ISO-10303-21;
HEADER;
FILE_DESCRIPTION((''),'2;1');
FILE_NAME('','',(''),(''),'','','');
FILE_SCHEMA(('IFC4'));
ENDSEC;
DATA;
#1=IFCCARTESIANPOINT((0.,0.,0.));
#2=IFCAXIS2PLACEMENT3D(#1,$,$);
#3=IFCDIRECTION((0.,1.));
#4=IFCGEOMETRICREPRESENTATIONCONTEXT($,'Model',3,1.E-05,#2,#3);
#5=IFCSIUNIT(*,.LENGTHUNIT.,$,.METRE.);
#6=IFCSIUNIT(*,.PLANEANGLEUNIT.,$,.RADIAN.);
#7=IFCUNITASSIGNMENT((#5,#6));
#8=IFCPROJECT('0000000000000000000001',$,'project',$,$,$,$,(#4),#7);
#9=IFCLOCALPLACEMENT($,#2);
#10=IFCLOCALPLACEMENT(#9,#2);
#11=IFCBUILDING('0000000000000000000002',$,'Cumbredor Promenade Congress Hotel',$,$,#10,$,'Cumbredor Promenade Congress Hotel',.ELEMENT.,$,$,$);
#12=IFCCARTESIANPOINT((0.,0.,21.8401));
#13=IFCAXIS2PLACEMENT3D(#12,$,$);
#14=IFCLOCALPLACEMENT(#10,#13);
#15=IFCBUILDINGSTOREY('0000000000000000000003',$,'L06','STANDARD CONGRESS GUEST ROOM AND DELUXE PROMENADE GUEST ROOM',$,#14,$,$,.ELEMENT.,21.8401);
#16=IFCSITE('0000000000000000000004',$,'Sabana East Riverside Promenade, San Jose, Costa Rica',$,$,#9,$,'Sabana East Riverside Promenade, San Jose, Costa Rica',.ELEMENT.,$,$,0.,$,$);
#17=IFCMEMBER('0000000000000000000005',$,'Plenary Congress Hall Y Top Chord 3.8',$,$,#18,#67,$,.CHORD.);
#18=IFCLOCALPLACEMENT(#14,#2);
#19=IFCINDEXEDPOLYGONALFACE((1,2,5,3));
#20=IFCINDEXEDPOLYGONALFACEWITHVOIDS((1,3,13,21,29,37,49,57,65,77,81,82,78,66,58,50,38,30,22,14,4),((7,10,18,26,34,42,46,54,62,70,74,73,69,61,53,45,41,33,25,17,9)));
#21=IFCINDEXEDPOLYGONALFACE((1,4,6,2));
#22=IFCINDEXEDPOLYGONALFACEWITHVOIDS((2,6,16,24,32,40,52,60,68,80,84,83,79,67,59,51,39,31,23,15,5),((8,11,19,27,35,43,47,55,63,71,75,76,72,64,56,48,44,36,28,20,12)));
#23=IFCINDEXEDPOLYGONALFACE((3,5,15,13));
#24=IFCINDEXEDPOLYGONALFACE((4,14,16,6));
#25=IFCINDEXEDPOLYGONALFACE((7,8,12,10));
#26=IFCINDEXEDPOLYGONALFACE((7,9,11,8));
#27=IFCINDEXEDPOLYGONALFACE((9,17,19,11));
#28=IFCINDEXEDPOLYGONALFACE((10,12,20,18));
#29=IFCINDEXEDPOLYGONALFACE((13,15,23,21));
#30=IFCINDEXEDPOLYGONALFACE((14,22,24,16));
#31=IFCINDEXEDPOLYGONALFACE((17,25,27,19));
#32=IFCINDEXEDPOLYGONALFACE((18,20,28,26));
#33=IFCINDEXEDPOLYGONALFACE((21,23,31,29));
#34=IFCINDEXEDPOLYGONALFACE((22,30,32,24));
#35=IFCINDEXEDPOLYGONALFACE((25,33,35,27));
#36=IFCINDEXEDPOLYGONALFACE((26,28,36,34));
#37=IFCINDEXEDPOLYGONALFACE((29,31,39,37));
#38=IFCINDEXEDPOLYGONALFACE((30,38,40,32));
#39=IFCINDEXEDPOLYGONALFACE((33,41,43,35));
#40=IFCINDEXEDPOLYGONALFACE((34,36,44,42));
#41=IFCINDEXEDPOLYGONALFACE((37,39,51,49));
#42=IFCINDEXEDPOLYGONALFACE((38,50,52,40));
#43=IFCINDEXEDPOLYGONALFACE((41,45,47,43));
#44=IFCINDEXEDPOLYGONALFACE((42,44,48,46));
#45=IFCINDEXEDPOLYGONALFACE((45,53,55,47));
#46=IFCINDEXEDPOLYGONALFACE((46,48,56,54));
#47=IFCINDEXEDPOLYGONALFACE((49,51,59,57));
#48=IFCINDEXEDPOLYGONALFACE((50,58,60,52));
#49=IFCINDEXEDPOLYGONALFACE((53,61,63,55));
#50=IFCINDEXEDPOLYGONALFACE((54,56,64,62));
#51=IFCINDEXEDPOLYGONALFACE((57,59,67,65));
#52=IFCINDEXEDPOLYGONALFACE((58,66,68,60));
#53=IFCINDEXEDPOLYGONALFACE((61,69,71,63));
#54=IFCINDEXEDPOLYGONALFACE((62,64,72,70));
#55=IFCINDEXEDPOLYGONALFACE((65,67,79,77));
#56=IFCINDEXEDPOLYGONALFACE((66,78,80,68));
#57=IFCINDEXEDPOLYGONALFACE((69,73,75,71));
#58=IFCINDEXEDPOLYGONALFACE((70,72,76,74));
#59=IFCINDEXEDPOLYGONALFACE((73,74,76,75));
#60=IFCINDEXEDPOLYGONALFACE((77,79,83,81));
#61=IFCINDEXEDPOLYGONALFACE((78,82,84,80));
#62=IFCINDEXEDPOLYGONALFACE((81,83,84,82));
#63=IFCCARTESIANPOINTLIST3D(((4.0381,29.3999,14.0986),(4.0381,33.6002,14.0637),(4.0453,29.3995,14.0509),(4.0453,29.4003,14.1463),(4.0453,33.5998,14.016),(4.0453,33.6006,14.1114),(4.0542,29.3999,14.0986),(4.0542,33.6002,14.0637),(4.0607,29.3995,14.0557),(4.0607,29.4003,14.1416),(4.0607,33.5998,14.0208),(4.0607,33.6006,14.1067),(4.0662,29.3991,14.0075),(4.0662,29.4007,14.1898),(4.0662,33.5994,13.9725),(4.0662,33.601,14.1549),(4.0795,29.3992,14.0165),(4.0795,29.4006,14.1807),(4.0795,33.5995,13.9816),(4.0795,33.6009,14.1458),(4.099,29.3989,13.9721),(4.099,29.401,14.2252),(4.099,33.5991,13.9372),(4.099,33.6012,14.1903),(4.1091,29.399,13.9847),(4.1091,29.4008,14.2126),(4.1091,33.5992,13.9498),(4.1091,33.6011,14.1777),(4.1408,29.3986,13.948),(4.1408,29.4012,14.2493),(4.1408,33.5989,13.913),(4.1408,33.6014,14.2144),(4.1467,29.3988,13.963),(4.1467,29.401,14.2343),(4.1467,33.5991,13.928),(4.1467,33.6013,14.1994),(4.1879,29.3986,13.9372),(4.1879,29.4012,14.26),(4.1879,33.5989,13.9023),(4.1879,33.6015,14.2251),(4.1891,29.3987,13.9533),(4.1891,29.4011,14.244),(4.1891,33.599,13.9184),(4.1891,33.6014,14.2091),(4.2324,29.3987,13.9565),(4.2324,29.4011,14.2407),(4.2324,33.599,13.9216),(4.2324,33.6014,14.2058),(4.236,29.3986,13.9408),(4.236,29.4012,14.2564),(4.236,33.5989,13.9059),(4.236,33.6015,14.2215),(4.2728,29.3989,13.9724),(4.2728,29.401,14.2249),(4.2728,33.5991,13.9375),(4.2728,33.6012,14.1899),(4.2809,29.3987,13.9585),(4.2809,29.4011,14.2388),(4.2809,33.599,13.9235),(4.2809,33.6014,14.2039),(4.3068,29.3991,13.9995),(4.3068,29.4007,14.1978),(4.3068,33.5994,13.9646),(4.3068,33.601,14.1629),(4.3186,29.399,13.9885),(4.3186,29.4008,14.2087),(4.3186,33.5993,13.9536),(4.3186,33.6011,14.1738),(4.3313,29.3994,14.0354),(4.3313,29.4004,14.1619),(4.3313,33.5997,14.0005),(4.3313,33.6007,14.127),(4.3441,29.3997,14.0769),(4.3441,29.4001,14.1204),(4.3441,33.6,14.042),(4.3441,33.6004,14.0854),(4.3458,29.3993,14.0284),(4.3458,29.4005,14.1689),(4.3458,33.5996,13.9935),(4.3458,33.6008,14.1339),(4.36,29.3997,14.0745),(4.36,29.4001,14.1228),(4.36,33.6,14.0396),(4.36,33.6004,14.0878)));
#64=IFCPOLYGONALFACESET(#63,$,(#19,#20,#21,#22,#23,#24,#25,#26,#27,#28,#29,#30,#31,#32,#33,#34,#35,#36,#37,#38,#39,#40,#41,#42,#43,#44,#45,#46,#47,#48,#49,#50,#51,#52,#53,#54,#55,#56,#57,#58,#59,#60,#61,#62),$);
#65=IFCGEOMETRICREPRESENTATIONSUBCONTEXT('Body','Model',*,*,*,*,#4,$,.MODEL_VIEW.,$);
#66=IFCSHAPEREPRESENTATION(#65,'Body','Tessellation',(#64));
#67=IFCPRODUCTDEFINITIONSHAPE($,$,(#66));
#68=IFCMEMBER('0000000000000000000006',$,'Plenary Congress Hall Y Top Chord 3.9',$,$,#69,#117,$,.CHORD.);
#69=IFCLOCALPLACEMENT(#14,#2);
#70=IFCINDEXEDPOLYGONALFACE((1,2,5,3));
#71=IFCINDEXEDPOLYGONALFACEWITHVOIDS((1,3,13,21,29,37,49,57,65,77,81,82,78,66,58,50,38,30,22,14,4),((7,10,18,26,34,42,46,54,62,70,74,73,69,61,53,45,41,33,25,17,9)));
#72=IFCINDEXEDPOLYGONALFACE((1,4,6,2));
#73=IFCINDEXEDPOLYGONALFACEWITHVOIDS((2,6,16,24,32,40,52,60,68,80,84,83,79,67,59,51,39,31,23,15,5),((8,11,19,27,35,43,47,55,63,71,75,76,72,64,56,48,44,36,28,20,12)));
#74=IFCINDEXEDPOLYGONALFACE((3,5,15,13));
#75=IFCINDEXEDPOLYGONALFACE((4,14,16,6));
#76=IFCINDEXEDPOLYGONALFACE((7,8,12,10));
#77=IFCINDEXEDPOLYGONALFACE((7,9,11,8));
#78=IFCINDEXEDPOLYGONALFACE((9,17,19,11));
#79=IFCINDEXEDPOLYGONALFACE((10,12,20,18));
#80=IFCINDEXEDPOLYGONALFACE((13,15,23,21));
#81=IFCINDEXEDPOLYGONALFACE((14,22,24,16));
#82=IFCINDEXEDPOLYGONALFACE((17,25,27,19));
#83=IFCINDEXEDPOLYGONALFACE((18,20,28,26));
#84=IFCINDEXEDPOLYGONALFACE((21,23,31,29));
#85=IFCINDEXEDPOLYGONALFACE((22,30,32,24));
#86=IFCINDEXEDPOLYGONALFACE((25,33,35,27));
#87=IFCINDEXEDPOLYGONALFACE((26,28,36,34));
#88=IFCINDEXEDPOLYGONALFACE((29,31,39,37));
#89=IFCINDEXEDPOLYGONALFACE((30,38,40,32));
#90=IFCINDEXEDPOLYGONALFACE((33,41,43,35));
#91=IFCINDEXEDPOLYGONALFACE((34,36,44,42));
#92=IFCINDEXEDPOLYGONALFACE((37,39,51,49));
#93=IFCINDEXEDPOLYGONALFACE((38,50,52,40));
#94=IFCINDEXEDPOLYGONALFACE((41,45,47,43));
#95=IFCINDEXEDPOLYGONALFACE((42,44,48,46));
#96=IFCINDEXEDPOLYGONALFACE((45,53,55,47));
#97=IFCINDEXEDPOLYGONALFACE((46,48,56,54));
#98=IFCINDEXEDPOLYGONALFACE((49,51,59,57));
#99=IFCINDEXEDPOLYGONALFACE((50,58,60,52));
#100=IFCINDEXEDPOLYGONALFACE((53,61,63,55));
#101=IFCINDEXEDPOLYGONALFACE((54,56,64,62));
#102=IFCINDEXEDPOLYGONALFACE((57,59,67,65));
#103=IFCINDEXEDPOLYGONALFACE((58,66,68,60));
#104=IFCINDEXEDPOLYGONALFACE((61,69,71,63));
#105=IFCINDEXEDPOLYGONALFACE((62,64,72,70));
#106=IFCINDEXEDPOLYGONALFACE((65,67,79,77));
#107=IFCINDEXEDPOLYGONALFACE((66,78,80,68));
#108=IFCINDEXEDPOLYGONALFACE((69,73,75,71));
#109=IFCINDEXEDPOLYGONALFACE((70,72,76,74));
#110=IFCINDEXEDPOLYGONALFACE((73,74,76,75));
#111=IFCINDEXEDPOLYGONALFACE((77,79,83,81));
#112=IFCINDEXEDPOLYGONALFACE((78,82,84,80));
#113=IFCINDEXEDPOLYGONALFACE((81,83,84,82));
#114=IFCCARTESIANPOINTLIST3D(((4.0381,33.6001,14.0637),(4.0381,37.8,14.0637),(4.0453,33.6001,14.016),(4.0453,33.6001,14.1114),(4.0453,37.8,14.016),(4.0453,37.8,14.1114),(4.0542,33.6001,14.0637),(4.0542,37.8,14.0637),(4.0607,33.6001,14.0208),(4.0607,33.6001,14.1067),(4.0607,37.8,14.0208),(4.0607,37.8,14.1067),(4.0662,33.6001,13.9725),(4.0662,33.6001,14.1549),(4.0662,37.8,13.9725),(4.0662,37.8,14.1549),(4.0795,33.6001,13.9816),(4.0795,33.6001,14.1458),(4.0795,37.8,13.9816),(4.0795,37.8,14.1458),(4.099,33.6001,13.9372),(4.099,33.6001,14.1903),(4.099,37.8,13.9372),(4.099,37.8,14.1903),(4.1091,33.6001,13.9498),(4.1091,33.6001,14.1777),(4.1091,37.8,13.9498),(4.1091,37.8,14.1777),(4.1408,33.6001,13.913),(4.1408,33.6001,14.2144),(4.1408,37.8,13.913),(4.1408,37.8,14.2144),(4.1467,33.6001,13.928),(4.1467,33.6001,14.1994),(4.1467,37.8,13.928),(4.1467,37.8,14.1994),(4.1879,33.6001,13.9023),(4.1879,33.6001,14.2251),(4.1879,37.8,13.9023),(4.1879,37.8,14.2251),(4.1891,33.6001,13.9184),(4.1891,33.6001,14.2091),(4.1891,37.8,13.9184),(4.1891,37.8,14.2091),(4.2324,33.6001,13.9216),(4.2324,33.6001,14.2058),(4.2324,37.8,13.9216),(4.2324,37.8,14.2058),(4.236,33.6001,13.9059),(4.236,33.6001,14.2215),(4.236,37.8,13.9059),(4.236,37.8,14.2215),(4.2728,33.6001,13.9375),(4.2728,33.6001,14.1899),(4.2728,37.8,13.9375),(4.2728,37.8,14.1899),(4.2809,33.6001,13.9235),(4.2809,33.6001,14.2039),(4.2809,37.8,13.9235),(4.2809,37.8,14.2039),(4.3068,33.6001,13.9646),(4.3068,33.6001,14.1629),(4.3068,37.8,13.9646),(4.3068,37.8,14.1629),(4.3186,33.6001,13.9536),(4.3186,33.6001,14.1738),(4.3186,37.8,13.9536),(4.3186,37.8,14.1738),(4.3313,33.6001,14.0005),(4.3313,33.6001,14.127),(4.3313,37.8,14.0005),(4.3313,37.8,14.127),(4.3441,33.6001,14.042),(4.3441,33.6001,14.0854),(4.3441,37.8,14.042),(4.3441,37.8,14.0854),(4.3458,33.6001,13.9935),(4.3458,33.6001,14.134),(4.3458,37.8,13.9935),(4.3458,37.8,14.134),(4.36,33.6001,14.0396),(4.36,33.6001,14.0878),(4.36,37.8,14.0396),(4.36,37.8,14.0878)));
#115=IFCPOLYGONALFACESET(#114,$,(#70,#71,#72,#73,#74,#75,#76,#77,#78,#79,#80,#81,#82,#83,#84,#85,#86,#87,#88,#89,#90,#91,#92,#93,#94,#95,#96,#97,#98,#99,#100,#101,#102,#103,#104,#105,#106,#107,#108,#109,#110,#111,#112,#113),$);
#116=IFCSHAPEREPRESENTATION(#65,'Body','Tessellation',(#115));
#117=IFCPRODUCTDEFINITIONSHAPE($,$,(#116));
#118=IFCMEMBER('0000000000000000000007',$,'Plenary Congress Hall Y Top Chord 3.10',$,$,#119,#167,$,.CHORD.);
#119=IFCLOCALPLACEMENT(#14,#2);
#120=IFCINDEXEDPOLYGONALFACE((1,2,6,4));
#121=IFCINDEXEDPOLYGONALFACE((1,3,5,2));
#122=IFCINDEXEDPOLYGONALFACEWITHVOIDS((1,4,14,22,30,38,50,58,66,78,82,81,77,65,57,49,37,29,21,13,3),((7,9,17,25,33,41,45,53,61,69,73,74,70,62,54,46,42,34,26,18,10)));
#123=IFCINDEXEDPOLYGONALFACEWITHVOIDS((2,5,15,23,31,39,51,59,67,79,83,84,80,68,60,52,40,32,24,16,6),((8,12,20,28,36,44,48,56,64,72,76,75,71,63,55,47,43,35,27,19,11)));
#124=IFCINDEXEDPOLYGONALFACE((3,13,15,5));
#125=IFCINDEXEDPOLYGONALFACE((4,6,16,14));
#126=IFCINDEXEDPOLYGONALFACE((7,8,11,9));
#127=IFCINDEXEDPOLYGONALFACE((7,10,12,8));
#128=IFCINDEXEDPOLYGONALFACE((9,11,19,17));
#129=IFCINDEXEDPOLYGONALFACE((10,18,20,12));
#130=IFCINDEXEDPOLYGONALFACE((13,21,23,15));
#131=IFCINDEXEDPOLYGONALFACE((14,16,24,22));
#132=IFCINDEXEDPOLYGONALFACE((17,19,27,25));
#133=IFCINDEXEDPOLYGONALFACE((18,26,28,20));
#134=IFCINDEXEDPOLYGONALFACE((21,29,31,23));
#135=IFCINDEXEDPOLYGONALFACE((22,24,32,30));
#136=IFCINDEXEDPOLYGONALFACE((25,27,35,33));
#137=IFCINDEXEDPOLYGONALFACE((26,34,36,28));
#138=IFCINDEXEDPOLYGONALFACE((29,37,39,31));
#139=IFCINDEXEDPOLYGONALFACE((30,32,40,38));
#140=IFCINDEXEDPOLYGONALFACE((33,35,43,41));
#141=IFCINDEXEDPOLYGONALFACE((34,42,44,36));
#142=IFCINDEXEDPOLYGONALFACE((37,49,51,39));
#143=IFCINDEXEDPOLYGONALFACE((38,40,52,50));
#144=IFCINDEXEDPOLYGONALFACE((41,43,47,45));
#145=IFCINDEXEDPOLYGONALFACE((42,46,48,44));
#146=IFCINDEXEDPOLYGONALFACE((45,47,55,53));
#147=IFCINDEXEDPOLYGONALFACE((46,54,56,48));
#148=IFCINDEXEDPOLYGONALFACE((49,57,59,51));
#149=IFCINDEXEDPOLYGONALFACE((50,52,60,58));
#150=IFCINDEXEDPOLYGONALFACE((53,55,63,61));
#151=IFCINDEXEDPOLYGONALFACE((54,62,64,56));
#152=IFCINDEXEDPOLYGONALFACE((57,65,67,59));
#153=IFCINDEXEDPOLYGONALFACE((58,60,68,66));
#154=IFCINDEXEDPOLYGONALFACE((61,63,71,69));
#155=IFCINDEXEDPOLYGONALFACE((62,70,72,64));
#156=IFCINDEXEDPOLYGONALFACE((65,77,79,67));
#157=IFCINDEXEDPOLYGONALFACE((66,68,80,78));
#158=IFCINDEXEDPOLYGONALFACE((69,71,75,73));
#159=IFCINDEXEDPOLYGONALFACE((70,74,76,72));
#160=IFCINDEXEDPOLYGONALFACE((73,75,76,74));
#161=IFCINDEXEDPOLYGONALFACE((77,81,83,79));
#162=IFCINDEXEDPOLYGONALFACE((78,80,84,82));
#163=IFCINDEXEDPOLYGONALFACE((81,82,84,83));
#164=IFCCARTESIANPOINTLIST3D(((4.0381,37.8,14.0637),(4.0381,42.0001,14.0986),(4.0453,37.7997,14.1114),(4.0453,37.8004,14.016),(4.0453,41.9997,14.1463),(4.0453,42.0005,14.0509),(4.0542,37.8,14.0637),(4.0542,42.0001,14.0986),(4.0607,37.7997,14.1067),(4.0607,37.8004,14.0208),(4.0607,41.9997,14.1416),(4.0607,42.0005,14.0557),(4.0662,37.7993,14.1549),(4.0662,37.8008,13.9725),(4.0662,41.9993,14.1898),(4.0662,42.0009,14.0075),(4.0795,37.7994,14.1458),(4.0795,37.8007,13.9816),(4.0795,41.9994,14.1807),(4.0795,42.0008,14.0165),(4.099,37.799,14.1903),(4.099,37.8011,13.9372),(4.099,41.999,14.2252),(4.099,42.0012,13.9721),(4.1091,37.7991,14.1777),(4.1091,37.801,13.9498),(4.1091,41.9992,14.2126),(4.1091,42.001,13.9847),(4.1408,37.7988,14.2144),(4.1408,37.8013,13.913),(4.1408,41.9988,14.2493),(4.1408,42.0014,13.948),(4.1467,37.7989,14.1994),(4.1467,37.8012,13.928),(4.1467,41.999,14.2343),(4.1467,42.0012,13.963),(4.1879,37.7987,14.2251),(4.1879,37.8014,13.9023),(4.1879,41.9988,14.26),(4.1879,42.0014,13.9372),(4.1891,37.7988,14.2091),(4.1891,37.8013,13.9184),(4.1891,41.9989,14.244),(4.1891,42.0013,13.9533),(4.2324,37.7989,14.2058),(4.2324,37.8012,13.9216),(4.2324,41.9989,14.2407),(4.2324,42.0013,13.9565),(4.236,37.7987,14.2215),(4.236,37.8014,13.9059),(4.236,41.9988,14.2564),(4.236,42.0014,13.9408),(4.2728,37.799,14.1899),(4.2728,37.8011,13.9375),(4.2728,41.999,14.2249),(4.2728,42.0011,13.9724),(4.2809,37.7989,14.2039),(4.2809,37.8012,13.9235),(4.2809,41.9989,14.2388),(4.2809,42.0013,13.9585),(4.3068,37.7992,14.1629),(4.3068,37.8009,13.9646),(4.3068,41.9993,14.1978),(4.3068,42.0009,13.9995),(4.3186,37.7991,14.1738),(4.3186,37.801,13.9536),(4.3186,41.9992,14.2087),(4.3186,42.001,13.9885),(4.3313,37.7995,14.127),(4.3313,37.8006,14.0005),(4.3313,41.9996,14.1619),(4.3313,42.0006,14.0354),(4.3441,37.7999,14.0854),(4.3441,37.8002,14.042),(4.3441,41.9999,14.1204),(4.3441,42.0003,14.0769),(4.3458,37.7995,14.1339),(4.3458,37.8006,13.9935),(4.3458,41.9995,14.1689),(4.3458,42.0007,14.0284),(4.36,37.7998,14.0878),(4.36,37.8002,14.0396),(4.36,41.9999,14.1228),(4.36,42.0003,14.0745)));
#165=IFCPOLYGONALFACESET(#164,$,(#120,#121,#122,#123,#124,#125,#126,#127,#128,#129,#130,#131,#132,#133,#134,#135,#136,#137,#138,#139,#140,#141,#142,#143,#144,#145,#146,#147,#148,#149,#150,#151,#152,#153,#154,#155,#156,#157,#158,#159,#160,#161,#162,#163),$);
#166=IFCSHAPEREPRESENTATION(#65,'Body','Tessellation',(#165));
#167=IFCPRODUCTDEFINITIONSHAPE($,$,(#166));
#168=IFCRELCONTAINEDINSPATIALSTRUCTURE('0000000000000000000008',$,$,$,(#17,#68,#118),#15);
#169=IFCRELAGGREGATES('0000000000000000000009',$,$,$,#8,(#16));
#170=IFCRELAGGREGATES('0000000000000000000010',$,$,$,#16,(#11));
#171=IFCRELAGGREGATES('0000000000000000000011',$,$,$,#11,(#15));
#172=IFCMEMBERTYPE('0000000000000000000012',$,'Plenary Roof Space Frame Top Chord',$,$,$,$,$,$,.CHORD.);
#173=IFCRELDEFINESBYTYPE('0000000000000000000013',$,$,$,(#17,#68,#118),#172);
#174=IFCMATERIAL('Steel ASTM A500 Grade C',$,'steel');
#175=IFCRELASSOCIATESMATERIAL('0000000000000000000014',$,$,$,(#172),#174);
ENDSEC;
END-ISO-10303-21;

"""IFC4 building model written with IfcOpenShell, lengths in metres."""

from ifc_helpers import new_model, si_unit, direction, frame, origin, origin_2d, place, context, subcontext, project, spatial, hollow_circle, extrude, material, material_profile, profile_set, type_object, element, save


model = new_model("IFC4")

# Units and contexts
model_context = context("Model", 3, precision=1e-05, world=origin(), true_north=direction((0.0, 1.0)))
body_context = subcontext(model_context, "Body", "Model", "MODEL_VIEW")
ifc_project = project(units=[si_unit("LENGTHUNIT", "METRE"), si_unit("PLANEANGLEUNIT", "RADIAN")], contexts=[model_context])

# Site, building, storey
site_placement = place(None, origin())
site = spatial("IfcSite", under=ifc_project, at=site_placement, Name="Sabana East Riverside Promenade, San Jose, Costa Rica", LongName="Sabana East Riverside Promenade, San Jose, Costa Rica", CompositionType="ELEMENT", RefElevation=0.0)
building_placement = place(site_placement, origin())
building = spatial("IfcBuilding", under=site, at=building_placement, Name="Cumbredor Promenade Congress Hotel", LongName="Cumbredor Promenade Congress Hotel", CompositionType="ELEMENT")
storey_placement = place(building_placement, frame((0.0, 0.0, 21.8401)))
storey = spatial("IfcBuildingStorey", under=building, at=storey_placement, Name="L06", Description="STANDARD CONGRESS GUEST ROOM AND DELUXE PROMENADE GUEST ROOM", CompositionType="ELEMENT", Elevation=21.8401)

# Members
ifc_material_1 = material(Name="Steel ASTM A500 Grade C", Category="steel")
ifc_material_profile_1 = material_profile(ifc_material_1, hollow_circle(Radius=0.1619, WallThickness=0.0161, at=origin_2d()), Name="CHS 323.9x16")
ifc_profile_set_1 = profile_set([ifc_material_profile_1], Name="Steel ASTM A500 Grade C")
member_type_1 = type_object("IfcMemberType", Name="Plenary Roof Space Frame Top Chord", PredefinedType="CHORD", material=ifc_profile_set_1)
member_1_placement = place(storey_placement, frame((4.2, 29.3999, 14.0986), z_axis=(0.0, 0.999965, -0.008312), x_axis=(-1.0, 0.0, 0.0)))
element("IfcMember", 1, at=member_1_placement, inside=storey, type_object=member_type_1, Name="Plenary Congress Hall Y Top Chord 3.8", PredefinedType="CHORD", context=body_context, shape_type="SweptSolid", body=[
    extrude(hollow_circle(Radius=0.1619, WallThickness=0.0161, at=origin_2d()), origin(), (0.0, 0.0, 1.0), 4.2004),
])
member_2_placement = place(storey_placement, frame((4.2, 33.6001, 14.0637), z_axis=(0.0, 1.0, 0.0), x_axis=(-1.0, 0.0, 0.0)))
element("IfcMember", 2, at=member_2_placement, inside=storey, type_object=member_type_1, Name="Plenary Congress Hall Y Top Chord 3.9", PredefinedType="CHORD", context=body_context, shape_type="SweptSolid", body=[
    extrude(hollow_circle(Radius=0.1619, WallThickness=0.0161, at=origin_2d()), origin(), (0.0, 0.0, 1.0), 4.2),
])
for number, where, z_axis, x_axis, name in (
    (3, (4.2, 37.8, 14.0637), (0.0, 0.999965, 0.008312), (-1.0, 0.0, 0.0), "Plenary Congress Hall Y Top Chord 3.10"),
):
    element("IfcMember", number, at=place(storey_placement, frame(where, z_axis=z_axis, x_axis=x_axis)), inside=storey, type_object=member_type_1, Name=name, PredefinedType="CHORD", context=body_context, shape_type="SweptSolid", body=[
        extrude(hollow_circle(Radius=0.1619, WallThickness=0.0161, at=origin_2d()), origin(), (0.0, 0.0, 1.0), 4.2002),
    ])

save(model, "model.ifc")
